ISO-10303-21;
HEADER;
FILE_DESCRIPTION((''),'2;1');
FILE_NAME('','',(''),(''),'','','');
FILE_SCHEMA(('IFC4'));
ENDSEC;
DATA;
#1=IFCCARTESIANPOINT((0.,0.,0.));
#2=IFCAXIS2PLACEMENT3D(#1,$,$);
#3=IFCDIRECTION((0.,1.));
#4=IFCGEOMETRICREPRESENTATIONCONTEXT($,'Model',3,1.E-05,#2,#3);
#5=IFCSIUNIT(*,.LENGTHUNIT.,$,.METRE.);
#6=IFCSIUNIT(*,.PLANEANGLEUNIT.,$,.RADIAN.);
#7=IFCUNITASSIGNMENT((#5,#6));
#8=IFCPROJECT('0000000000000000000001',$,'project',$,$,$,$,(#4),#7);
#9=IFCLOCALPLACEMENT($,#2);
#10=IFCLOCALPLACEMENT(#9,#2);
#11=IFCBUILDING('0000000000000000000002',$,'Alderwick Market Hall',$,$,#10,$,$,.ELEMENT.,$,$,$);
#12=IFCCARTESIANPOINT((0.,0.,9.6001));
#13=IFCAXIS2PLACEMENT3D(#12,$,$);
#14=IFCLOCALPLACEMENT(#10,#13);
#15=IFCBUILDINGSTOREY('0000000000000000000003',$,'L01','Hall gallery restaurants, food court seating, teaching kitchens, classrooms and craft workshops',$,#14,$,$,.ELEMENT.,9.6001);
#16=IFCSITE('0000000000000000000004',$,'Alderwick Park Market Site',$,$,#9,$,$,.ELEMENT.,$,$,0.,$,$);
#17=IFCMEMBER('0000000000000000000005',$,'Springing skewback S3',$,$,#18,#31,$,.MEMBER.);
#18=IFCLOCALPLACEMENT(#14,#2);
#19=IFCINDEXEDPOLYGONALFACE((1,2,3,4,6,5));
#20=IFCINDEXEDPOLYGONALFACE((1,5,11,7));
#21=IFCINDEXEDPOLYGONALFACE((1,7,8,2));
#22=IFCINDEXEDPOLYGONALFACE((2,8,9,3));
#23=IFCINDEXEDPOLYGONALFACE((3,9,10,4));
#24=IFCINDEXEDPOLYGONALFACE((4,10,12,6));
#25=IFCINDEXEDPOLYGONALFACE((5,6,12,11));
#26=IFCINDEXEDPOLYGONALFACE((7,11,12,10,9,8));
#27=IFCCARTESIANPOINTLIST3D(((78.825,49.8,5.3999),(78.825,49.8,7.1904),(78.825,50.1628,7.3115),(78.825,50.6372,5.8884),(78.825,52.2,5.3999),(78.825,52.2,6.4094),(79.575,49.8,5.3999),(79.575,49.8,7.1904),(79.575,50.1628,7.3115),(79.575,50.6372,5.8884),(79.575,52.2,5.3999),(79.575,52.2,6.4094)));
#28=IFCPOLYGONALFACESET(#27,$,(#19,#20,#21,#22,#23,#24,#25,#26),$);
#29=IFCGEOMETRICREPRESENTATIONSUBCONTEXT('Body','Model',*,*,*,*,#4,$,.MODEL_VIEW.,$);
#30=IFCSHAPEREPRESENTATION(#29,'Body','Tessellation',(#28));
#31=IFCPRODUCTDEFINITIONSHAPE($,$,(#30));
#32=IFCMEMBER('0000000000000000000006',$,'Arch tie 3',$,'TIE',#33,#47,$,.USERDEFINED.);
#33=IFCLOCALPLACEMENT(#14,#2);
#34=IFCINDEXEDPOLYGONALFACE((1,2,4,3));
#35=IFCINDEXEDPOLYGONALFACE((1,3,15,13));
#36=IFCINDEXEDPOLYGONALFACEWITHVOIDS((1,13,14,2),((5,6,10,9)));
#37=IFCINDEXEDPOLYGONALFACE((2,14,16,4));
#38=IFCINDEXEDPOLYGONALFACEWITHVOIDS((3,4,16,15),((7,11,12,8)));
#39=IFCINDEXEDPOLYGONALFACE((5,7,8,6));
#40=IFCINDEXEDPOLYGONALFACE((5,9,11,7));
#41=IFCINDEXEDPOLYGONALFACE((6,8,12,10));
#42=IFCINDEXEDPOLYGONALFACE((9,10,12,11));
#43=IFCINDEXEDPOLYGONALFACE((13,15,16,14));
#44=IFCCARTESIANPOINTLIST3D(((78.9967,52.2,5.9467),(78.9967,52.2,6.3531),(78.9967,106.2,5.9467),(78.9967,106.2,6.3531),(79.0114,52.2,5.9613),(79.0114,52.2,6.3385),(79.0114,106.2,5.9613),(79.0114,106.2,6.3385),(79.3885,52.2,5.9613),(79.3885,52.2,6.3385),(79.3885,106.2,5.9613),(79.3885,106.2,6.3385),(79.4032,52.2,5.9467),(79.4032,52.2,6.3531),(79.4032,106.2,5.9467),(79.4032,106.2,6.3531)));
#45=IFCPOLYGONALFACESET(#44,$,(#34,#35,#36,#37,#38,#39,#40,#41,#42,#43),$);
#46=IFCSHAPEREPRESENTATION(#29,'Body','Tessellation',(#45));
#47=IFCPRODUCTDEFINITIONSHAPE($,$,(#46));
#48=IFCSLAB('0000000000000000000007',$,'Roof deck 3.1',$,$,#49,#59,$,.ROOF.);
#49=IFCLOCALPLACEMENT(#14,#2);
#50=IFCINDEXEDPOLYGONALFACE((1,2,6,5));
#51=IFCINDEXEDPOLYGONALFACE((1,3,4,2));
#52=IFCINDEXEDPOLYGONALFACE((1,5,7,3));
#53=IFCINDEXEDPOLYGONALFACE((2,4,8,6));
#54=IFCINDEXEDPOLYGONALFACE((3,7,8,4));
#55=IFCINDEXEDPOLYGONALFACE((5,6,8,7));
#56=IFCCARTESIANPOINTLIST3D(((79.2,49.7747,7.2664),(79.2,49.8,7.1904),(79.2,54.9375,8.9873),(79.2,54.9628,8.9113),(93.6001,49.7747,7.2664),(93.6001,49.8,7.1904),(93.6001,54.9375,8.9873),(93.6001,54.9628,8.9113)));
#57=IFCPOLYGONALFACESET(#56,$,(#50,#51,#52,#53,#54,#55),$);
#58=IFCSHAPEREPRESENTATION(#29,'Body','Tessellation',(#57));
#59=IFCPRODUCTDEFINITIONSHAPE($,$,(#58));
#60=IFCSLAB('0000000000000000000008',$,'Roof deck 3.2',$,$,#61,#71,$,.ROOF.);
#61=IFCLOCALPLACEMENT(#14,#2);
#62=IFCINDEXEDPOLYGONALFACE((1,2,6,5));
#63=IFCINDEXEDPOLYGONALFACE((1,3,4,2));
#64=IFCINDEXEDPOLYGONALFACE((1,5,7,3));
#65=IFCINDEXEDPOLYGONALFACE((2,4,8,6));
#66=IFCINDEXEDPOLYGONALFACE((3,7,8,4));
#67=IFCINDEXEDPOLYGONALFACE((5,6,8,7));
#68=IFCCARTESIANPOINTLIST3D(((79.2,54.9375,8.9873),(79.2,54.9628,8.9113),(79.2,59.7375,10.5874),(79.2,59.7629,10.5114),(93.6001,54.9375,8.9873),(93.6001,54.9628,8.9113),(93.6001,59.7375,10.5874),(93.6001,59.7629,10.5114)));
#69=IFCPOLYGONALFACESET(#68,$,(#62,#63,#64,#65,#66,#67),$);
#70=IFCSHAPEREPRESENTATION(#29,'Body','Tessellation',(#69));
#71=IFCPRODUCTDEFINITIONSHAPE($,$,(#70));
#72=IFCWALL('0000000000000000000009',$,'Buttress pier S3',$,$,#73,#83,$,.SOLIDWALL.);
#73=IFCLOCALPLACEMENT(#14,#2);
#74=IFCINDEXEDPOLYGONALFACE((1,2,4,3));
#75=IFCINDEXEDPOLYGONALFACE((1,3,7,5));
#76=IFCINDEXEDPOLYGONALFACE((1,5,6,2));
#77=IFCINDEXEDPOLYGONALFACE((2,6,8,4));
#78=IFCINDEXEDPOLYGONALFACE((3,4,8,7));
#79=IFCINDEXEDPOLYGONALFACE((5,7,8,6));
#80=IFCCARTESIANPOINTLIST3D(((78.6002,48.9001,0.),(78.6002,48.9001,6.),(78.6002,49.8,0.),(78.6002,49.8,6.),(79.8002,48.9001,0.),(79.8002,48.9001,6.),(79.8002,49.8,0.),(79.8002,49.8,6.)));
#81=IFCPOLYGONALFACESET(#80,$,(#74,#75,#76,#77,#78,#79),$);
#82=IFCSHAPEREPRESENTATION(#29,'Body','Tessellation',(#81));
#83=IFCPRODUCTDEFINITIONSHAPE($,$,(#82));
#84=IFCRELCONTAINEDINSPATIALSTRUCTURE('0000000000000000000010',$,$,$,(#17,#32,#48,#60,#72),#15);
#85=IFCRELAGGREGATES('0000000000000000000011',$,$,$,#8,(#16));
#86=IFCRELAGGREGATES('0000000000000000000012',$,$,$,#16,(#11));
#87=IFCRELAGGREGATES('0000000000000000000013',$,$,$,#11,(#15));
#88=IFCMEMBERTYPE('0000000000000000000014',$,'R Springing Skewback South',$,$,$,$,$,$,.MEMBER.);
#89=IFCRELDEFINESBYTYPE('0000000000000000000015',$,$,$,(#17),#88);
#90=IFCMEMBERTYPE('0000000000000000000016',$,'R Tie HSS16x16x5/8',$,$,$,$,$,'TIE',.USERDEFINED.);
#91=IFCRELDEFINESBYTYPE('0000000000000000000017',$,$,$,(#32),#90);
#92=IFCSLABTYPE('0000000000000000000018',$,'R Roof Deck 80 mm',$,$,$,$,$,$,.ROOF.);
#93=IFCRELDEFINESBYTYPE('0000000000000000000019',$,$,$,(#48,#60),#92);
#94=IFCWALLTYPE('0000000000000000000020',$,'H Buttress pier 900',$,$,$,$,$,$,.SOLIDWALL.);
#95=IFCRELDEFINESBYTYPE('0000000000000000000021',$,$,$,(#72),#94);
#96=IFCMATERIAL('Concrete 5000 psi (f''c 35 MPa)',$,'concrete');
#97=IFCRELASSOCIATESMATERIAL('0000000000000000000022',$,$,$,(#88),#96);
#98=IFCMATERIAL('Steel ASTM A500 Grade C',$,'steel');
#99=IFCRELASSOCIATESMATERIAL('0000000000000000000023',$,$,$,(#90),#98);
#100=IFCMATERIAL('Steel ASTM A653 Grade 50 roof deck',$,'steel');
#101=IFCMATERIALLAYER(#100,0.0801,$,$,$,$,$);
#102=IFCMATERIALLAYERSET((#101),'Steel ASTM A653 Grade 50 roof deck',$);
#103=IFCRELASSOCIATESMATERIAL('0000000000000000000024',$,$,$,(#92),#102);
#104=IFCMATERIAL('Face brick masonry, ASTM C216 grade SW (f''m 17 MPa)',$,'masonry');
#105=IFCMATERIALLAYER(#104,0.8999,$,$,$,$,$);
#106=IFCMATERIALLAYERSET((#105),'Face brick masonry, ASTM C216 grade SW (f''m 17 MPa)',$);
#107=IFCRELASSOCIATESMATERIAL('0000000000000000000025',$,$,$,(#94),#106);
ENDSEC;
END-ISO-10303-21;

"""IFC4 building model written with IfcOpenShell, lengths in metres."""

from ifc_helpers import new_model, si_unit, direction, frame, frame_2d, origin, origin_2d, place, context, subcontext, project, spatial, polyline, rectangle, hollow_rectangle, outline, extrude, material, layer, layer_set, material_profile, profile_set, type_object, element, save


model = new_model("IFC4")

# Units and contexts
model_context = context("Model", 3, precision=1e-05, world=origin(), true_north=direction((0.0, 1.0)))
body_context = subcontext(model_context, "Body", "Model", "MODEL_VIEW")
ifc_project = project(units=[si_unit("LENGTHUNIT", "METRE"), si_unit("PLANEANGLEUNIT", "RADIAN")], contexts=[model_context])

# Site, building, storey
site_placement = place(None, origin())
site = spatial("IfcSite", under=ifc_project, at=site_placement, Name="Alderwick Park Market Site", CompositionType="ELEMENT", RefElevation=0.0)
building_placement = place(site_placement, origin())
building = spatial("IfcBuilding", under=site, at=building_placement, Name="Alderwick Market Hall", CompositionType="ELEMENT")
storey_placement = place(building_placement, frame((0.0, 0.0, 9.6001)))
storey = spatial("IfcBuildingStorey", under=building, at=storey_placement, Name="L01", Description="Hall gallery restaurants, food court seating, teaching kitchens, classrooms and craft workshops", CompositionType="ELEMENT", Elevation=9.6001)

# Shared definitions
ifc_material_1 = material(Name="Concrete 5000 psi (f'c 35 MPa)", Category="concrete")

# Members
ifc_material_2 = material(Name="Steel ASTM A500 Grade C", Category="steel")
ifc_material_profile_1 = material_profile(ifc_material_1, outline(polyline([(0.0, 0.0), (2.3999, 0.0), (2.3999, 1.0095), (0.8372, 0.4885), (0.3628, 1.9116), (0.0, 1.7905), (0.0, 0.0)])), Name="RC skewback S")
ifc_profile_set_1 = profile_set([ifc_material_profile_1], Name="Concrete 5000 psi (f'c 35 MPa)")
member_type_1 = type_object("IfcMemberType", Name="R Springing Skewback South", PredefinedType="MEMBER", material=ifc_profile_set_1)
member_1_placement = place(storey_placement, frame((78.825, 49.8, 5.3999), z_axis=(1.0, 0.0, 0.0), x_axis=(0.0, 1.0, 0.0)))
element("IfcMember", 1, at=member_1_placement, inside=storey, type_object=member_type_1, Name="Springing skewback S3", PredefinedType="MEMBER", context=body_context, shape_type="SweptSolid", body=[
    extrude(outline(polyline([(0.0, 0.0), (2.3999, 0.0), (2.3999, 1.0095), (0.8372, 0.4885), (0.3628, 1.9116), (0.0, 1.7905), (0.0, 0.0)])), origin(), (0.0, 0.0, 1.0), 0.75),
])
ifc_material_profile_2 = material_profile(ifc_material_2, hollow_rectangle(XDim=0.4065, YDim=0.4065, WallThickness=0.0146, at=origin_2d()), Name="HSS16x16x5/8")
ifc_profile_set_2 = profile_set([ifc_material_profile_2], Name="Steel ASTM A500 Grade C")
member_type_2 = type_object("IfcMemberType", Name="R Tie HSS16x16x5/8", ElementType="TIE", PredefinedType="USERDEFINED", material=ifc_profile_set_2)
member_2_placement = place(storey_placement, frame((79.2, 52.2, 6.1499), z_axis=(0.0, 1.0, 0.0), x_axis=(-1.0, 0.0, 0.0)))
element("IfcMember", 2, at=member_2_placement, inside=storey, type_object=member_type_2, Name="Arch tie 3", ObjectType="TIE", PredefinedType="USERDEFINED", context=body_context, shape_type="SweptSolid", body=[
    extrude(hollow_rectangle(XDim=0.4065, YDim=0.4065, WallThickness=0.0146, at=origin_2d()), origin(), (0.0, 0.0, 1.0), 54.0),
])

# Slabs
ifc_material_3 = material(Name="Steel ASTM A653 Grade 50 roof deck", Category="steel")
ifc_layer_1 = layer(ifc_material_3, 0.0801)
ifc_layer_set_1 = layer_set([ifc_layer_1], Name="Steel ASTM A653 Grade 50 roof deck")
slab_type = type_object("IfcSlabType", Name="R Roof Deck 80 mm", PredefinedType="ROOF", material=ifc_layer_set_1)
slab_1_placement = place(storey_placement, frame((79.2, 49.7747, 7.2664), z_axis=(0.0, -0.316228, 0.948683), x_axis=(1.0, 0.0, 0.0)))
element("IfcSlab", 3, at=slab_1_placement, inside=storey, type_object=slab_type, Name="Roof deck 3.1", PredefinedType="ROOF", context=body_context, shape_type="SweptSolid", body=[
    extrude(outline(polyline([(0.0, 0.0), (14.4001, 0.0), (14.4001, 5.4421), (0.0, 5.4421), (0.0, 0.0)])), origin(), (0.0, 0.0, -1.0), 0.0801),
])
slab_2_placement = place(storey_placement, frame((79.2, 54.9375, 8.9873), z_axis=(0.0, -0.316242, 0.948678), x_axis=(1.0, 0.0, 0.0)))
element("IfcSlab", 4, at=slab_2_placement, inside=storey, type_object=slab_type, Name="Roof deck 3.2", PredefinedType="ROOF", context=body_context, shape_type="SweptSolid", body=[
    extrude(outline(polyline([(0.0, 0.0), (14.4001, 0.0), (14.4001, 5.0597), (0.0, 5.0597), (0.0, 0.0)])), origin(), (0.0, 0.0, -1.0), 0.0801),
])

# Wall
ifc_material_4 = material(Name="Face brick masonry, ASTM C216 grade SW (f'm 17 MPa)", Category="masonry")
ifc_layer_2 = layer(ifc_material_4, 0.8999)
ifc_layer_set_2 = layer_set([ifc_layer_2], Name="Face brick masonry, ASTM C216 grade SW (f'm 17 MPa)")
wall_type_1 = type_object("IfcWallType", Name="H Buttress pier 900", PredefinedType="SOLIDWALL", material=ifc_layer_set_2)
wall_1_placement = place(storey_placement, frame((78.6001, 49.3501, 0.0), z_axis=(0.0, 0.0, 1.0), x_axis=(1.0, 0.0, 0.0)))
element("IfcWall", 5, at=wall_1_placement, inside=storey, type_object=wall_type_1, Name="Buttress pier S3", PredefinedType="SOLIDWALL", context=body_context, shape_type="SweptSolid", body=[
    extrude(rectangle(XDim=1.2, YDim=0.8999, at=frame_2d((0.6001, 0.0))), origin(), (0.0, 0.0, 1.0), 6.0),
])

save(model, "model.ifc")
